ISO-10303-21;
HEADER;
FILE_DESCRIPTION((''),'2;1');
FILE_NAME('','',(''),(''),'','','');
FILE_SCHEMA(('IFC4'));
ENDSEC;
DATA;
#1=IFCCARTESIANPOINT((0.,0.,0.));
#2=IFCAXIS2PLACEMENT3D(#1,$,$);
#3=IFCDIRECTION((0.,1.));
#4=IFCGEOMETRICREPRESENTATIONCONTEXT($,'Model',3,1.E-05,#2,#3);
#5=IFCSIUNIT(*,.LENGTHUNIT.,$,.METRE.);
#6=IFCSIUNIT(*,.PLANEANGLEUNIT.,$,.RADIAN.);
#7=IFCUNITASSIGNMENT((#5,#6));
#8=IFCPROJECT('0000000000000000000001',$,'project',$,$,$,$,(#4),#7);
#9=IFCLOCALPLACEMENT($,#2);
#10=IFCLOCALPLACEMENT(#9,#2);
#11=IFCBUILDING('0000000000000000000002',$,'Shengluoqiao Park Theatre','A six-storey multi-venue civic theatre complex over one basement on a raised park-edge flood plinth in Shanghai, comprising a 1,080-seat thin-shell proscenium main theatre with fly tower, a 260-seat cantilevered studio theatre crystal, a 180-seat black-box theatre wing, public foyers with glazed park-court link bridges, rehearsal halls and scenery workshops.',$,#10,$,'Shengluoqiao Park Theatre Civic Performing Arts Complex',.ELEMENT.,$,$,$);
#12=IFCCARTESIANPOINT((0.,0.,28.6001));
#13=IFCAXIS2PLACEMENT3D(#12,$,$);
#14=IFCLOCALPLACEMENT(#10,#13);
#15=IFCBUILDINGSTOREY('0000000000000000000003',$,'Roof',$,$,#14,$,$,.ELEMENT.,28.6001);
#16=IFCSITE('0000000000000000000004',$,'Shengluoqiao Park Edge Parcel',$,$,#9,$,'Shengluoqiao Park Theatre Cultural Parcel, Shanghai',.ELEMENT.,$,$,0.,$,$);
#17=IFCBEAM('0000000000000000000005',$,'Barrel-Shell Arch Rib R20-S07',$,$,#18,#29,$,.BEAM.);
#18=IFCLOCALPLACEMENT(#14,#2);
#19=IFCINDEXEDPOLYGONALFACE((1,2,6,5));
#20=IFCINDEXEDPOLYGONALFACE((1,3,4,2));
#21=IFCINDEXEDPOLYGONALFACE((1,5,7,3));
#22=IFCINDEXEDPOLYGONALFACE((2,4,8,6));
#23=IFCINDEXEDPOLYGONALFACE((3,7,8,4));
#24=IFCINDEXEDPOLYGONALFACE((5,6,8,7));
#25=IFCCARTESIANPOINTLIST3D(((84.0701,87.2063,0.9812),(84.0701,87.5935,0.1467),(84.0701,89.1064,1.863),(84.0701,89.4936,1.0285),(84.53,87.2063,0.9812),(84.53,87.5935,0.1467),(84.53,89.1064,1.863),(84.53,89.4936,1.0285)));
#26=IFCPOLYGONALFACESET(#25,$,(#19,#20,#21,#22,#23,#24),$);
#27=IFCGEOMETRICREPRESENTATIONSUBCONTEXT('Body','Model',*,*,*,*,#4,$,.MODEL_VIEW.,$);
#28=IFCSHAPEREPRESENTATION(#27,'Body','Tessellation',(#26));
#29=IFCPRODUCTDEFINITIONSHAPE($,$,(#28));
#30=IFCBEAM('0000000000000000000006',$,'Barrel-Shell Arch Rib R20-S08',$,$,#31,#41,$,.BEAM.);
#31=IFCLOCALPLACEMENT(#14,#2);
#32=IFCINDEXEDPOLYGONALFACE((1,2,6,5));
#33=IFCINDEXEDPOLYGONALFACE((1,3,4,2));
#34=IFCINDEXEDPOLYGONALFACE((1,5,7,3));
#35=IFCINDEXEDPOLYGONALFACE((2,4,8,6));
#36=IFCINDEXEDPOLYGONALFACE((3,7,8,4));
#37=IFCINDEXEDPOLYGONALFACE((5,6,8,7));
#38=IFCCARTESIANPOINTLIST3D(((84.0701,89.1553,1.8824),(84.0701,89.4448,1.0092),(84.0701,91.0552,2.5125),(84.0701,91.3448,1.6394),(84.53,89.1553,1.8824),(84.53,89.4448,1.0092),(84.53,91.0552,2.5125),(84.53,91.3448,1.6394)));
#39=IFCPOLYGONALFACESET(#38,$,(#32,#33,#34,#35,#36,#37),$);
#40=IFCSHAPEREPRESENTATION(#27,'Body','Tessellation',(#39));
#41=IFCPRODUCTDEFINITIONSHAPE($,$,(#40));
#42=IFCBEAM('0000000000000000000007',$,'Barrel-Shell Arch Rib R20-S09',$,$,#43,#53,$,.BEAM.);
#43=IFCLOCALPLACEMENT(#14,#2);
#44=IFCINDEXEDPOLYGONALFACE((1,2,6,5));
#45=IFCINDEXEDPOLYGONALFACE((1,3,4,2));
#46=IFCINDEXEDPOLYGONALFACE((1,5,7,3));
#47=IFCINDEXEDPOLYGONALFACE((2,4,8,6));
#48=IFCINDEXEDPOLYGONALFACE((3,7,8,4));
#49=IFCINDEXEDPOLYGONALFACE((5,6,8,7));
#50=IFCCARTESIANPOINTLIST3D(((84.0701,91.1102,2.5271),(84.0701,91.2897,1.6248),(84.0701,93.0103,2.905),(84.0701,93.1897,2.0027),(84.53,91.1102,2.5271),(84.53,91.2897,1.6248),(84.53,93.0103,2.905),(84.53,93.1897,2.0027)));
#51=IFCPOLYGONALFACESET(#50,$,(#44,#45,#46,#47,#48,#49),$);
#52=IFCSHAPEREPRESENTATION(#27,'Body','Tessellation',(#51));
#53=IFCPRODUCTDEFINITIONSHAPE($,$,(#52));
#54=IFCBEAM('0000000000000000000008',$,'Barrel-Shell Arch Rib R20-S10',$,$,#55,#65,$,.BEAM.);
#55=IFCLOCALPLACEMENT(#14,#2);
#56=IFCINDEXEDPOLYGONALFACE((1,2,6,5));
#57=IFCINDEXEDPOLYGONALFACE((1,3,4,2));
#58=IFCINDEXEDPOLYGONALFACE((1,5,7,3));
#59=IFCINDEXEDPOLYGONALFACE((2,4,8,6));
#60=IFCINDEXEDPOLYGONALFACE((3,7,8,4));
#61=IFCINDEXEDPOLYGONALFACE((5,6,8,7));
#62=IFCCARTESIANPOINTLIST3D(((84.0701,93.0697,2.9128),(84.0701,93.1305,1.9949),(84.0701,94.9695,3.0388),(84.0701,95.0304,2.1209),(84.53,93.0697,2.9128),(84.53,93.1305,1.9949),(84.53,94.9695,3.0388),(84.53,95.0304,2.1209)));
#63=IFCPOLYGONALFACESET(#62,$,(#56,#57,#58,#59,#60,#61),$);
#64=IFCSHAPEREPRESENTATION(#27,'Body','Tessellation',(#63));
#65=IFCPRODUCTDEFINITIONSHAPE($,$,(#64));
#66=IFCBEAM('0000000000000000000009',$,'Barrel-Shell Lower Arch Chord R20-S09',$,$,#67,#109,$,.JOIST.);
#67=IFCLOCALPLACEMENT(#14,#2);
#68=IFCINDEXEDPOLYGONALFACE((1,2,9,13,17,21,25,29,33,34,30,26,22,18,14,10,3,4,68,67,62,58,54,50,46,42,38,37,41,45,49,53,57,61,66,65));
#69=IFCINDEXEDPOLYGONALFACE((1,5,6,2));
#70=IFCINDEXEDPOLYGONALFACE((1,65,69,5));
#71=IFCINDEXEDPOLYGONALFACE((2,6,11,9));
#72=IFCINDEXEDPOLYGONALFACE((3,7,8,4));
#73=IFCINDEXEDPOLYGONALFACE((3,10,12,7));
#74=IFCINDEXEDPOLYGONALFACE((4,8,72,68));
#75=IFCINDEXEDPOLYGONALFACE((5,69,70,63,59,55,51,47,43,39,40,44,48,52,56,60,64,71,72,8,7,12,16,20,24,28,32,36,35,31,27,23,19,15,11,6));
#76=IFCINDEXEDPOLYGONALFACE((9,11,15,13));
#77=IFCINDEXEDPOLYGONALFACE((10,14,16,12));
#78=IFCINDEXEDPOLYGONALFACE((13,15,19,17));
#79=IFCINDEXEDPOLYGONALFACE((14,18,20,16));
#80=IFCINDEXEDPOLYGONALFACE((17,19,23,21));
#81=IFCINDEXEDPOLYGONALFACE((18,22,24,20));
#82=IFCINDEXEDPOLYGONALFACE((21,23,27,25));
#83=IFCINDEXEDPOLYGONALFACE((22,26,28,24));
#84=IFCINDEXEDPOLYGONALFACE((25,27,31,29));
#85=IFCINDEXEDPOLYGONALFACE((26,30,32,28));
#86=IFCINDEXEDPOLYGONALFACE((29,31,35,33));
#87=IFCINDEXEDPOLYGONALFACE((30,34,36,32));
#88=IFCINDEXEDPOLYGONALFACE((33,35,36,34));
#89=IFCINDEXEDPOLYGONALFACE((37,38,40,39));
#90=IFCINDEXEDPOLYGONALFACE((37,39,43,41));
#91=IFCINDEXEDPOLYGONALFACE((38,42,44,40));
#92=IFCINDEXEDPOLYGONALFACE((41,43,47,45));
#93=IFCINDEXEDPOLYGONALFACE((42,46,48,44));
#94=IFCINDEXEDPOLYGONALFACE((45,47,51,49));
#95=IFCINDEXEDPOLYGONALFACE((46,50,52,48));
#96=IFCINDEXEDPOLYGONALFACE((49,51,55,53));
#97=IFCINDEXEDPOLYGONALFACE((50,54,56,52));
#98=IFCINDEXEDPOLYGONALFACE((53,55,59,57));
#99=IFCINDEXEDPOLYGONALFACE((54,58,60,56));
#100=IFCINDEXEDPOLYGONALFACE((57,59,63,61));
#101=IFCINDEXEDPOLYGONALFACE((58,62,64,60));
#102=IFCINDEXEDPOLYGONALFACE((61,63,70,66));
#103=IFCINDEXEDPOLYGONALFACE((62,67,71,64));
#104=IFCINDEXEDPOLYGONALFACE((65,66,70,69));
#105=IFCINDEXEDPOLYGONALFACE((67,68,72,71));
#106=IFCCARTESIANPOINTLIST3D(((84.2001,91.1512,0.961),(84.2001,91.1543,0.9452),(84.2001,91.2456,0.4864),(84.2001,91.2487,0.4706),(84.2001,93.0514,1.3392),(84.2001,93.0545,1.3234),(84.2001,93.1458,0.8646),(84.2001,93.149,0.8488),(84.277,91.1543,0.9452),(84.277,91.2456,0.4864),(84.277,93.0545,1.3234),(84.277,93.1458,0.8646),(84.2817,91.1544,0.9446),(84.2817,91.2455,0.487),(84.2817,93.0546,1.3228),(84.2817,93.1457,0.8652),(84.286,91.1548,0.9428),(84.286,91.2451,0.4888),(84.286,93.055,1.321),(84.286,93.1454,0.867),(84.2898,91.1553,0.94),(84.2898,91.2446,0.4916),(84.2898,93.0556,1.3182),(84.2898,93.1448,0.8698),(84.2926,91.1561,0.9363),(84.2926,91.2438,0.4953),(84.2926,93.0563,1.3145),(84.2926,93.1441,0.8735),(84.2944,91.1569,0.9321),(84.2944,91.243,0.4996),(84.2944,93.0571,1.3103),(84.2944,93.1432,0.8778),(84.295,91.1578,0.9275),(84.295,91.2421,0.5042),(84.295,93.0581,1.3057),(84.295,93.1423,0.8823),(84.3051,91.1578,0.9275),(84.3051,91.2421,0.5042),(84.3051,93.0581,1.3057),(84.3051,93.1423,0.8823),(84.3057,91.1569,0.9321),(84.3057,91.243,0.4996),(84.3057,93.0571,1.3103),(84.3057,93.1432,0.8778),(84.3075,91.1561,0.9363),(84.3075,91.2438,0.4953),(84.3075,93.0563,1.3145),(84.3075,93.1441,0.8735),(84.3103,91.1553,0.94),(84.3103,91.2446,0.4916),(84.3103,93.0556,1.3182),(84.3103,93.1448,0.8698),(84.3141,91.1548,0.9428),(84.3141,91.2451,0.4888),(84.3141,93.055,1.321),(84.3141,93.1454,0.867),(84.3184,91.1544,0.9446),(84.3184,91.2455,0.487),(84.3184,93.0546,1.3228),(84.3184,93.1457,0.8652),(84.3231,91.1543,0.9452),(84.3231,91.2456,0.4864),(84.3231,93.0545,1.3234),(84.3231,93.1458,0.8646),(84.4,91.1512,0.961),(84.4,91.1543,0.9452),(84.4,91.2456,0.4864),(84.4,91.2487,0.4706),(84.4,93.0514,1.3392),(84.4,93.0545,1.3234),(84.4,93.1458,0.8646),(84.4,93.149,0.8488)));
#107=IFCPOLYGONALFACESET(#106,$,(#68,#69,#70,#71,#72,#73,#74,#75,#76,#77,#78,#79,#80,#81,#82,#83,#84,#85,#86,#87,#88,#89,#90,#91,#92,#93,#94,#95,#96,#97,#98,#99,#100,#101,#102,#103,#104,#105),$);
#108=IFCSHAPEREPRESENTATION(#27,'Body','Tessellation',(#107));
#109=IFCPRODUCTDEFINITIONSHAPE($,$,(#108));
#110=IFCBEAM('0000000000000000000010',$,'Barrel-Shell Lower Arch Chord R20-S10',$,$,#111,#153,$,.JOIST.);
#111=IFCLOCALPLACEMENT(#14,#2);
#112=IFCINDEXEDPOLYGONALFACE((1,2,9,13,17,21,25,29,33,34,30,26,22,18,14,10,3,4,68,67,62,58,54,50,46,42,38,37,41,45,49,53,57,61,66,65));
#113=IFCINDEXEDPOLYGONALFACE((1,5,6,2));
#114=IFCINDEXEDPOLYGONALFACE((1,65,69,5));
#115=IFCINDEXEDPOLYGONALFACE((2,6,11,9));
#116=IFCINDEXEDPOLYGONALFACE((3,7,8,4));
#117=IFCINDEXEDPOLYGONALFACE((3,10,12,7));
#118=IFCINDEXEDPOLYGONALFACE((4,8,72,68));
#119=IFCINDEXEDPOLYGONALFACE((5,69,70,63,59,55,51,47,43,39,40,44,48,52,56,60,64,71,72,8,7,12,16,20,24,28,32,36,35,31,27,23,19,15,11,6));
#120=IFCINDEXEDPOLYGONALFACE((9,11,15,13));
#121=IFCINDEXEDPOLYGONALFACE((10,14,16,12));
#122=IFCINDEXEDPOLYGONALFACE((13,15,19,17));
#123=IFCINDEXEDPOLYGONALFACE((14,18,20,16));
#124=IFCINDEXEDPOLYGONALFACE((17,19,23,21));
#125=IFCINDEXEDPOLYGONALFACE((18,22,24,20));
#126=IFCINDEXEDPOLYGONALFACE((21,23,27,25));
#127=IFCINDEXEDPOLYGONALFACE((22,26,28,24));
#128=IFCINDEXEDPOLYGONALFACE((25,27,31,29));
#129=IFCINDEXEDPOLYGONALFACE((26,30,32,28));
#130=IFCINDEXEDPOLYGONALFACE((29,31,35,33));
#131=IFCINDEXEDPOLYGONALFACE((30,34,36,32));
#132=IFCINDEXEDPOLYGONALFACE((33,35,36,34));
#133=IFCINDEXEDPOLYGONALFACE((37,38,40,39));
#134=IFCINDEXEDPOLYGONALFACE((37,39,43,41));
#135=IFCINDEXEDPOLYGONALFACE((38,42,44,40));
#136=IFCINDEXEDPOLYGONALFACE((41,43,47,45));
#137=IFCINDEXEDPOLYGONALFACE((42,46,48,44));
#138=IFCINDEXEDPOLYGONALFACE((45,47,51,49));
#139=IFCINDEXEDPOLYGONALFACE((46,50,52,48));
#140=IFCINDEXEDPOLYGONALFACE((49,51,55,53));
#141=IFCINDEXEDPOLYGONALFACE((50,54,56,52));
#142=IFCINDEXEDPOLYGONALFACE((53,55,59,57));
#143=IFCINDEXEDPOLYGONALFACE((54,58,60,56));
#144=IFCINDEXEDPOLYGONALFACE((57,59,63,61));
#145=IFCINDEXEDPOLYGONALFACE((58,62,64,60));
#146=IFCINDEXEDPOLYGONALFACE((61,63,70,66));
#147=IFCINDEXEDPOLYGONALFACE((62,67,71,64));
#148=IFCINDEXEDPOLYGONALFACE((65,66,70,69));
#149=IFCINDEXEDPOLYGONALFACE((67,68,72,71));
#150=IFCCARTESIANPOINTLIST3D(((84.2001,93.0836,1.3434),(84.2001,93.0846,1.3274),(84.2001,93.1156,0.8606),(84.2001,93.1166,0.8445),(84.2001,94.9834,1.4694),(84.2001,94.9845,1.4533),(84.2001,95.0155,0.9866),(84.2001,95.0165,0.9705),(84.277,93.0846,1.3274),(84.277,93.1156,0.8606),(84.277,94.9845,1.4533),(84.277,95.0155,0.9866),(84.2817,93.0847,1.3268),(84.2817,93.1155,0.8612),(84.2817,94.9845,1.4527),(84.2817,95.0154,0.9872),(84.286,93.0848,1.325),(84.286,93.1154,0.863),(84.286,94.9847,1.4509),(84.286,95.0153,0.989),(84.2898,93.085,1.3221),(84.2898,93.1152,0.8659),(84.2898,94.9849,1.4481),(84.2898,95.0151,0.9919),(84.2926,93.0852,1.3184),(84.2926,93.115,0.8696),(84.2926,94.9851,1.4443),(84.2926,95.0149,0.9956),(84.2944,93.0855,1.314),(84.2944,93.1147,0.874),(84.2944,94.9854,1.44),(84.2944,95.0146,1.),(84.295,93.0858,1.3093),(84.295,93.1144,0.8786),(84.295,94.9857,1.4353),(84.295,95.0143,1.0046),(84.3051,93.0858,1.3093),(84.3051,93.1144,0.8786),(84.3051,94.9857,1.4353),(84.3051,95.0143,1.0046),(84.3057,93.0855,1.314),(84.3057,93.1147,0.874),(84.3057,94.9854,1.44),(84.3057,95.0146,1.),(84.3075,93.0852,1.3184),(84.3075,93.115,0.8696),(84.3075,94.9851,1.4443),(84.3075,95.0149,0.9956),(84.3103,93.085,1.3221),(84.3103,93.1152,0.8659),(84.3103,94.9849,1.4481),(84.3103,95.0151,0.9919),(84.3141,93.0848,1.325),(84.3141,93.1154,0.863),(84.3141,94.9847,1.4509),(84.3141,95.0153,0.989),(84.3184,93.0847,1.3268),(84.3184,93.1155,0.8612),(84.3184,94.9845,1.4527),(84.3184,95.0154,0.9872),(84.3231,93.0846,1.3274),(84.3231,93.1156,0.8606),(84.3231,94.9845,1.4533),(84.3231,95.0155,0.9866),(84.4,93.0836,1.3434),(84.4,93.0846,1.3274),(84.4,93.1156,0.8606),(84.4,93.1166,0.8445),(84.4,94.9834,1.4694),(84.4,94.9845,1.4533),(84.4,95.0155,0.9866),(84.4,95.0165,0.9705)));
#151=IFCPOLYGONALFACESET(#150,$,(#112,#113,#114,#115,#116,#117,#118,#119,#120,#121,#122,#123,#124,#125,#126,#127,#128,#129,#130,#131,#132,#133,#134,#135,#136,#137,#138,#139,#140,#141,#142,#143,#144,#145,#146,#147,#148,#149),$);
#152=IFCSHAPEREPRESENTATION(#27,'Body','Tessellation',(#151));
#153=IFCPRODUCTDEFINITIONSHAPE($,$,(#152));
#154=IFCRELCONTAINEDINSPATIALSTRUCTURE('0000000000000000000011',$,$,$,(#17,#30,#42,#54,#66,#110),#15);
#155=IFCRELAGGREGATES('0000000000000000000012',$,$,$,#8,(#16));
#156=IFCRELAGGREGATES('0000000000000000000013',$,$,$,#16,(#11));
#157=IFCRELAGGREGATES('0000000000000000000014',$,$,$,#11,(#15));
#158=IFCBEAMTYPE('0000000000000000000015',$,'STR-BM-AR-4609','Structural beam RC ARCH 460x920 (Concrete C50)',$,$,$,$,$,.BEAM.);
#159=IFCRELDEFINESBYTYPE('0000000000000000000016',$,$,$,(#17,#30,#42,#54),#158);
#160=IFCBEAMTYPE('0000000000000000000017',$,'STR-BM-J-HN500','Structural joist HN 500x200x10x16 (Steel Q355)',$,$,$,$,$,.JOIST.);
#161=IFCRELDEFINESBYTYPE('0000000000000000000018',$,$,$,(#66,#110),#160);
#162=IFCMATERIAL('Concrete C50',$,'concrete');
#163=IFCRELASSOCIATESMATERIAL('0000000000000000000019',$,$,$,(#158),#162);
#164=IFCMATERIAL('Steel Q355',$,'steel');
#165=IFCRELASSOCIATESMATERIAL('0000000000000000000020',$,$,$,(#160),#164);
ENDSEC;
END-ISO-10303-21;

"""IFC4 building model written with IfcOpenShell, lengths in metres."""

from ifc_helpers import new_model, si_unit, direction, frame, origin, origin_2d, place, context, subcontext, project, spatial, rectangle, i_section, extrude, material, material_profile, profile_set, type_object, element, save


model = new_model("IFC4")

# Units and contexts
model_context = context("Model", 3, precision=1e-05, world=origin(), true_north=direction((0.0, 1.0)))
body_context = subcontext(model_context, "Body", "Model", "MODEL_VIEW")
ifc_project = project(units=[si_unit("LENGTHUNIT", "METRE"), si_unit("PLANEANGLEUNIT", "RADIAN")], contexts=[model_context])

# Site, building, storey
site_placement = place(None, origin())
site = spatial("IfcSite", under=ifc_project, at=site_placement, Name="Shengluoqiao Park Edge Parcel", LongName="Shengluoqiao Park Theatre Cultural Parcel, Shanghai", CompositionType="ELEMENT", RefElevation=0.0)
building_placement = place(site_placement, origin())
building = spatial("IfcBuilding", under=site, at=building_placement, Name="Shengluoqiao Park Theatre", Description="A six-storey multi-venue civic theatre complex over one basement on a raised park-edge flood plinth in Shanghai, comprising a 1,080-seat thin-shell proscenium main theatre with fly tower, a 260-seat cantilevered studio theatre crystal, a 180-seat black-box theatre wing, public foyers with glazed park-court link bridges, rehearsal halls and scenery workshops.", LongName="Shengluoqiao Park Theatre Civic Performing Arts Complex", CompositionType="ELEMENT")
storey_placement = place(building_placement, frame((0.0, 0.0, 28.6001)))
storey = spatial("IfcBuildingStorey", under=building, at=storey_placement, Name="Roof", CompositionType="ELEMENT", Elevation=28.6001)

# Beams
ifc_material_1 = material(Name="Concrete C50", Category="concrete")
ifc_material_profile_1 = material_profile(ifc_material_1, rectangle(XDim=0.46, YDim=0.9199, at=origin_2d()), Name="RC ARCH 460x920")
ifc_profile_set_1 = profile_set([ifc_material_profile_1], Name="Concrete C50")
beam_type_1 = type_object("IfcBeamType", Name="STR-BM-AR-4609", Description="Structural beam RC ARCH 460x920 (Concrete C50)", PredefinedType="BEAM", material=ifc_profile_set_1)
beam_1_placement = place(storey_placement, frame((84.3, 87.3999, 0.564), z_axis=(0.0, 0.907077, 0.420964), x_axis=(-1.0, 0.0, 0.0)))
element("IfcBeam", 1, at=beam_1_placement, inside=storey, type_object=beam_type_1, Name="Barrel-Shell Arch Rib R20-S07", PredefinedType="BEAM", context=body_context, shape_type="SweptSolid", body=[
    extrude(rectangle(XDim=0.46, YDim=0.9199, at=origin_2d()), origin(), (0.0, 0.0, 1.0), 2.0947),
])
beam_2_placement = place(storey_placement, frame((84.3, 89.3, 1.4458), z_axis=(0.0, 0.949158, 0.3148), x_axis=(-1.0, 0.0, 0.0)))
element("IfcBeam", 2, at=beam_2_placement, inside=storey, type_object=beam_type_1, Name="Barrel-Shell Arch Rib R20-S08", PredefinedType="BEAM", context=body_context, shape_type="SweptSolid", body=[
    extrude(rectangle(XDim=0.46, YDim=0.9199, at=origin_2d()), origin(), (0.0, 0.0, 1.0), 2.0017),
])
beam_3_placement = place(storey_placement, frame((84.3, 91.2, 2.0759), z_axis=(0.0, 0.980789, 0.195074), x_axis=(-1.0, 0.0, 0.0)))
element("IfcBeam", 3, at=beam_3_placement, inside=storey, type_object=beam_type_1, Name="Barrel-Shell Arch Rib R20-S09", PredefinedType="BEAM", context=body_context, shape_type="SweptSolid", body=[
    extrude(rectangle(XDim=0.46, YDim=0.9199, at=origin_2d()), origin(), (0.0, 0.0, 1.0), 1.9373),
])
beam_4_placement = place(storey_placement, frame((84.3, 93.1001, 2.4539), z_axis=(0.0, 0.997809, 0.066162), x_axis=(-1.0, 0.0, 0.0)))
element("IfcBeam", 4, at=beam_4_placement, inside=storey, type_object=beam_type_1, Name="Barrel-Shell Arch Rib R20-S10", PredefinedType="BEAM", context=body_context, shape_type="SweptSolid", body=[
    extrude(rectangle(XDim=0.46, YDim=0.9199, at=origin_2d()), origin(), (0.0, 0.0, 1.0), 1.9041),
])
ifc_material_2 = material(Name="Steel Q355", Category="steel")
ifc_material_profile_2 = material_profile(ifc_material_2, i_section(OverallWidth=0.2, OverallDepth=0.5, WebThickness=0.01, FlangeThickness=0.0161, FilletRadius=0.0181, at=origin_2d()), Name="HN 500x200x10x16")
ifc_profile_set_2 = profile_set([ifc_material_profile_2], Name="Steel Q355")
beam_type_2 = type_object("IfcBeamType", Name="STR-BM-J-HN500", Description="Structural joist HN 500x200x10x16 (Steel Q355)", PredefinedType="JOIST", material=ifc_profile_set_2)
beam_5_placement = place(storey_placement, frame((84.3, 91.2, 0.7158), z_axis=(0.0, 0.980764, 0.195195), x_axis=(-1.0, 0.0, 0.0)))
element("IfcBeam", 5, at=beam_5_placement, inside=storey, type_object=beam_type_2, Name="Barrel-Shell Lower Arch Chord R20-S09", PredefinedType="JOIST", context=body_context, shape_type="SweptSolid", body=[
    extrude(i_section(OverallWidth=0.2, OverallDepth=0.5, WebThickness=0.01, FlangeThickness=0.0161, FilletRadius=0.0181, at=origin_2d()), origin(), (0.0, 0.0, 1.0), 1.9375),
])
beam_6_placement = place(storey_placement, frame((84.3, 93.1001, 1.094), z_axis=(0.0, 0.997809, 0.066162), x_axis=(-1.0, 0.0, 0.0)))
element("IfcBeam", 6, at=beam_6_placement, inside=storey, type_object=beam_type_2, Name="Barrel-Shell Lower Arch Chord R20-S10", PredefinedType="JOIST", context=body_context, shape_type="SweptSolid", body=[
    extrude(i_section(OverallWidth=0.2, OverallDepth=0.5, WebThickness=0.01, FlangeThickness=0.0161, FilletRadius=0.0181, at=origin_2d()), origin(), (0.0, 0.0, 1.0), 1.9041),
])

save(model, "model.ifc")
